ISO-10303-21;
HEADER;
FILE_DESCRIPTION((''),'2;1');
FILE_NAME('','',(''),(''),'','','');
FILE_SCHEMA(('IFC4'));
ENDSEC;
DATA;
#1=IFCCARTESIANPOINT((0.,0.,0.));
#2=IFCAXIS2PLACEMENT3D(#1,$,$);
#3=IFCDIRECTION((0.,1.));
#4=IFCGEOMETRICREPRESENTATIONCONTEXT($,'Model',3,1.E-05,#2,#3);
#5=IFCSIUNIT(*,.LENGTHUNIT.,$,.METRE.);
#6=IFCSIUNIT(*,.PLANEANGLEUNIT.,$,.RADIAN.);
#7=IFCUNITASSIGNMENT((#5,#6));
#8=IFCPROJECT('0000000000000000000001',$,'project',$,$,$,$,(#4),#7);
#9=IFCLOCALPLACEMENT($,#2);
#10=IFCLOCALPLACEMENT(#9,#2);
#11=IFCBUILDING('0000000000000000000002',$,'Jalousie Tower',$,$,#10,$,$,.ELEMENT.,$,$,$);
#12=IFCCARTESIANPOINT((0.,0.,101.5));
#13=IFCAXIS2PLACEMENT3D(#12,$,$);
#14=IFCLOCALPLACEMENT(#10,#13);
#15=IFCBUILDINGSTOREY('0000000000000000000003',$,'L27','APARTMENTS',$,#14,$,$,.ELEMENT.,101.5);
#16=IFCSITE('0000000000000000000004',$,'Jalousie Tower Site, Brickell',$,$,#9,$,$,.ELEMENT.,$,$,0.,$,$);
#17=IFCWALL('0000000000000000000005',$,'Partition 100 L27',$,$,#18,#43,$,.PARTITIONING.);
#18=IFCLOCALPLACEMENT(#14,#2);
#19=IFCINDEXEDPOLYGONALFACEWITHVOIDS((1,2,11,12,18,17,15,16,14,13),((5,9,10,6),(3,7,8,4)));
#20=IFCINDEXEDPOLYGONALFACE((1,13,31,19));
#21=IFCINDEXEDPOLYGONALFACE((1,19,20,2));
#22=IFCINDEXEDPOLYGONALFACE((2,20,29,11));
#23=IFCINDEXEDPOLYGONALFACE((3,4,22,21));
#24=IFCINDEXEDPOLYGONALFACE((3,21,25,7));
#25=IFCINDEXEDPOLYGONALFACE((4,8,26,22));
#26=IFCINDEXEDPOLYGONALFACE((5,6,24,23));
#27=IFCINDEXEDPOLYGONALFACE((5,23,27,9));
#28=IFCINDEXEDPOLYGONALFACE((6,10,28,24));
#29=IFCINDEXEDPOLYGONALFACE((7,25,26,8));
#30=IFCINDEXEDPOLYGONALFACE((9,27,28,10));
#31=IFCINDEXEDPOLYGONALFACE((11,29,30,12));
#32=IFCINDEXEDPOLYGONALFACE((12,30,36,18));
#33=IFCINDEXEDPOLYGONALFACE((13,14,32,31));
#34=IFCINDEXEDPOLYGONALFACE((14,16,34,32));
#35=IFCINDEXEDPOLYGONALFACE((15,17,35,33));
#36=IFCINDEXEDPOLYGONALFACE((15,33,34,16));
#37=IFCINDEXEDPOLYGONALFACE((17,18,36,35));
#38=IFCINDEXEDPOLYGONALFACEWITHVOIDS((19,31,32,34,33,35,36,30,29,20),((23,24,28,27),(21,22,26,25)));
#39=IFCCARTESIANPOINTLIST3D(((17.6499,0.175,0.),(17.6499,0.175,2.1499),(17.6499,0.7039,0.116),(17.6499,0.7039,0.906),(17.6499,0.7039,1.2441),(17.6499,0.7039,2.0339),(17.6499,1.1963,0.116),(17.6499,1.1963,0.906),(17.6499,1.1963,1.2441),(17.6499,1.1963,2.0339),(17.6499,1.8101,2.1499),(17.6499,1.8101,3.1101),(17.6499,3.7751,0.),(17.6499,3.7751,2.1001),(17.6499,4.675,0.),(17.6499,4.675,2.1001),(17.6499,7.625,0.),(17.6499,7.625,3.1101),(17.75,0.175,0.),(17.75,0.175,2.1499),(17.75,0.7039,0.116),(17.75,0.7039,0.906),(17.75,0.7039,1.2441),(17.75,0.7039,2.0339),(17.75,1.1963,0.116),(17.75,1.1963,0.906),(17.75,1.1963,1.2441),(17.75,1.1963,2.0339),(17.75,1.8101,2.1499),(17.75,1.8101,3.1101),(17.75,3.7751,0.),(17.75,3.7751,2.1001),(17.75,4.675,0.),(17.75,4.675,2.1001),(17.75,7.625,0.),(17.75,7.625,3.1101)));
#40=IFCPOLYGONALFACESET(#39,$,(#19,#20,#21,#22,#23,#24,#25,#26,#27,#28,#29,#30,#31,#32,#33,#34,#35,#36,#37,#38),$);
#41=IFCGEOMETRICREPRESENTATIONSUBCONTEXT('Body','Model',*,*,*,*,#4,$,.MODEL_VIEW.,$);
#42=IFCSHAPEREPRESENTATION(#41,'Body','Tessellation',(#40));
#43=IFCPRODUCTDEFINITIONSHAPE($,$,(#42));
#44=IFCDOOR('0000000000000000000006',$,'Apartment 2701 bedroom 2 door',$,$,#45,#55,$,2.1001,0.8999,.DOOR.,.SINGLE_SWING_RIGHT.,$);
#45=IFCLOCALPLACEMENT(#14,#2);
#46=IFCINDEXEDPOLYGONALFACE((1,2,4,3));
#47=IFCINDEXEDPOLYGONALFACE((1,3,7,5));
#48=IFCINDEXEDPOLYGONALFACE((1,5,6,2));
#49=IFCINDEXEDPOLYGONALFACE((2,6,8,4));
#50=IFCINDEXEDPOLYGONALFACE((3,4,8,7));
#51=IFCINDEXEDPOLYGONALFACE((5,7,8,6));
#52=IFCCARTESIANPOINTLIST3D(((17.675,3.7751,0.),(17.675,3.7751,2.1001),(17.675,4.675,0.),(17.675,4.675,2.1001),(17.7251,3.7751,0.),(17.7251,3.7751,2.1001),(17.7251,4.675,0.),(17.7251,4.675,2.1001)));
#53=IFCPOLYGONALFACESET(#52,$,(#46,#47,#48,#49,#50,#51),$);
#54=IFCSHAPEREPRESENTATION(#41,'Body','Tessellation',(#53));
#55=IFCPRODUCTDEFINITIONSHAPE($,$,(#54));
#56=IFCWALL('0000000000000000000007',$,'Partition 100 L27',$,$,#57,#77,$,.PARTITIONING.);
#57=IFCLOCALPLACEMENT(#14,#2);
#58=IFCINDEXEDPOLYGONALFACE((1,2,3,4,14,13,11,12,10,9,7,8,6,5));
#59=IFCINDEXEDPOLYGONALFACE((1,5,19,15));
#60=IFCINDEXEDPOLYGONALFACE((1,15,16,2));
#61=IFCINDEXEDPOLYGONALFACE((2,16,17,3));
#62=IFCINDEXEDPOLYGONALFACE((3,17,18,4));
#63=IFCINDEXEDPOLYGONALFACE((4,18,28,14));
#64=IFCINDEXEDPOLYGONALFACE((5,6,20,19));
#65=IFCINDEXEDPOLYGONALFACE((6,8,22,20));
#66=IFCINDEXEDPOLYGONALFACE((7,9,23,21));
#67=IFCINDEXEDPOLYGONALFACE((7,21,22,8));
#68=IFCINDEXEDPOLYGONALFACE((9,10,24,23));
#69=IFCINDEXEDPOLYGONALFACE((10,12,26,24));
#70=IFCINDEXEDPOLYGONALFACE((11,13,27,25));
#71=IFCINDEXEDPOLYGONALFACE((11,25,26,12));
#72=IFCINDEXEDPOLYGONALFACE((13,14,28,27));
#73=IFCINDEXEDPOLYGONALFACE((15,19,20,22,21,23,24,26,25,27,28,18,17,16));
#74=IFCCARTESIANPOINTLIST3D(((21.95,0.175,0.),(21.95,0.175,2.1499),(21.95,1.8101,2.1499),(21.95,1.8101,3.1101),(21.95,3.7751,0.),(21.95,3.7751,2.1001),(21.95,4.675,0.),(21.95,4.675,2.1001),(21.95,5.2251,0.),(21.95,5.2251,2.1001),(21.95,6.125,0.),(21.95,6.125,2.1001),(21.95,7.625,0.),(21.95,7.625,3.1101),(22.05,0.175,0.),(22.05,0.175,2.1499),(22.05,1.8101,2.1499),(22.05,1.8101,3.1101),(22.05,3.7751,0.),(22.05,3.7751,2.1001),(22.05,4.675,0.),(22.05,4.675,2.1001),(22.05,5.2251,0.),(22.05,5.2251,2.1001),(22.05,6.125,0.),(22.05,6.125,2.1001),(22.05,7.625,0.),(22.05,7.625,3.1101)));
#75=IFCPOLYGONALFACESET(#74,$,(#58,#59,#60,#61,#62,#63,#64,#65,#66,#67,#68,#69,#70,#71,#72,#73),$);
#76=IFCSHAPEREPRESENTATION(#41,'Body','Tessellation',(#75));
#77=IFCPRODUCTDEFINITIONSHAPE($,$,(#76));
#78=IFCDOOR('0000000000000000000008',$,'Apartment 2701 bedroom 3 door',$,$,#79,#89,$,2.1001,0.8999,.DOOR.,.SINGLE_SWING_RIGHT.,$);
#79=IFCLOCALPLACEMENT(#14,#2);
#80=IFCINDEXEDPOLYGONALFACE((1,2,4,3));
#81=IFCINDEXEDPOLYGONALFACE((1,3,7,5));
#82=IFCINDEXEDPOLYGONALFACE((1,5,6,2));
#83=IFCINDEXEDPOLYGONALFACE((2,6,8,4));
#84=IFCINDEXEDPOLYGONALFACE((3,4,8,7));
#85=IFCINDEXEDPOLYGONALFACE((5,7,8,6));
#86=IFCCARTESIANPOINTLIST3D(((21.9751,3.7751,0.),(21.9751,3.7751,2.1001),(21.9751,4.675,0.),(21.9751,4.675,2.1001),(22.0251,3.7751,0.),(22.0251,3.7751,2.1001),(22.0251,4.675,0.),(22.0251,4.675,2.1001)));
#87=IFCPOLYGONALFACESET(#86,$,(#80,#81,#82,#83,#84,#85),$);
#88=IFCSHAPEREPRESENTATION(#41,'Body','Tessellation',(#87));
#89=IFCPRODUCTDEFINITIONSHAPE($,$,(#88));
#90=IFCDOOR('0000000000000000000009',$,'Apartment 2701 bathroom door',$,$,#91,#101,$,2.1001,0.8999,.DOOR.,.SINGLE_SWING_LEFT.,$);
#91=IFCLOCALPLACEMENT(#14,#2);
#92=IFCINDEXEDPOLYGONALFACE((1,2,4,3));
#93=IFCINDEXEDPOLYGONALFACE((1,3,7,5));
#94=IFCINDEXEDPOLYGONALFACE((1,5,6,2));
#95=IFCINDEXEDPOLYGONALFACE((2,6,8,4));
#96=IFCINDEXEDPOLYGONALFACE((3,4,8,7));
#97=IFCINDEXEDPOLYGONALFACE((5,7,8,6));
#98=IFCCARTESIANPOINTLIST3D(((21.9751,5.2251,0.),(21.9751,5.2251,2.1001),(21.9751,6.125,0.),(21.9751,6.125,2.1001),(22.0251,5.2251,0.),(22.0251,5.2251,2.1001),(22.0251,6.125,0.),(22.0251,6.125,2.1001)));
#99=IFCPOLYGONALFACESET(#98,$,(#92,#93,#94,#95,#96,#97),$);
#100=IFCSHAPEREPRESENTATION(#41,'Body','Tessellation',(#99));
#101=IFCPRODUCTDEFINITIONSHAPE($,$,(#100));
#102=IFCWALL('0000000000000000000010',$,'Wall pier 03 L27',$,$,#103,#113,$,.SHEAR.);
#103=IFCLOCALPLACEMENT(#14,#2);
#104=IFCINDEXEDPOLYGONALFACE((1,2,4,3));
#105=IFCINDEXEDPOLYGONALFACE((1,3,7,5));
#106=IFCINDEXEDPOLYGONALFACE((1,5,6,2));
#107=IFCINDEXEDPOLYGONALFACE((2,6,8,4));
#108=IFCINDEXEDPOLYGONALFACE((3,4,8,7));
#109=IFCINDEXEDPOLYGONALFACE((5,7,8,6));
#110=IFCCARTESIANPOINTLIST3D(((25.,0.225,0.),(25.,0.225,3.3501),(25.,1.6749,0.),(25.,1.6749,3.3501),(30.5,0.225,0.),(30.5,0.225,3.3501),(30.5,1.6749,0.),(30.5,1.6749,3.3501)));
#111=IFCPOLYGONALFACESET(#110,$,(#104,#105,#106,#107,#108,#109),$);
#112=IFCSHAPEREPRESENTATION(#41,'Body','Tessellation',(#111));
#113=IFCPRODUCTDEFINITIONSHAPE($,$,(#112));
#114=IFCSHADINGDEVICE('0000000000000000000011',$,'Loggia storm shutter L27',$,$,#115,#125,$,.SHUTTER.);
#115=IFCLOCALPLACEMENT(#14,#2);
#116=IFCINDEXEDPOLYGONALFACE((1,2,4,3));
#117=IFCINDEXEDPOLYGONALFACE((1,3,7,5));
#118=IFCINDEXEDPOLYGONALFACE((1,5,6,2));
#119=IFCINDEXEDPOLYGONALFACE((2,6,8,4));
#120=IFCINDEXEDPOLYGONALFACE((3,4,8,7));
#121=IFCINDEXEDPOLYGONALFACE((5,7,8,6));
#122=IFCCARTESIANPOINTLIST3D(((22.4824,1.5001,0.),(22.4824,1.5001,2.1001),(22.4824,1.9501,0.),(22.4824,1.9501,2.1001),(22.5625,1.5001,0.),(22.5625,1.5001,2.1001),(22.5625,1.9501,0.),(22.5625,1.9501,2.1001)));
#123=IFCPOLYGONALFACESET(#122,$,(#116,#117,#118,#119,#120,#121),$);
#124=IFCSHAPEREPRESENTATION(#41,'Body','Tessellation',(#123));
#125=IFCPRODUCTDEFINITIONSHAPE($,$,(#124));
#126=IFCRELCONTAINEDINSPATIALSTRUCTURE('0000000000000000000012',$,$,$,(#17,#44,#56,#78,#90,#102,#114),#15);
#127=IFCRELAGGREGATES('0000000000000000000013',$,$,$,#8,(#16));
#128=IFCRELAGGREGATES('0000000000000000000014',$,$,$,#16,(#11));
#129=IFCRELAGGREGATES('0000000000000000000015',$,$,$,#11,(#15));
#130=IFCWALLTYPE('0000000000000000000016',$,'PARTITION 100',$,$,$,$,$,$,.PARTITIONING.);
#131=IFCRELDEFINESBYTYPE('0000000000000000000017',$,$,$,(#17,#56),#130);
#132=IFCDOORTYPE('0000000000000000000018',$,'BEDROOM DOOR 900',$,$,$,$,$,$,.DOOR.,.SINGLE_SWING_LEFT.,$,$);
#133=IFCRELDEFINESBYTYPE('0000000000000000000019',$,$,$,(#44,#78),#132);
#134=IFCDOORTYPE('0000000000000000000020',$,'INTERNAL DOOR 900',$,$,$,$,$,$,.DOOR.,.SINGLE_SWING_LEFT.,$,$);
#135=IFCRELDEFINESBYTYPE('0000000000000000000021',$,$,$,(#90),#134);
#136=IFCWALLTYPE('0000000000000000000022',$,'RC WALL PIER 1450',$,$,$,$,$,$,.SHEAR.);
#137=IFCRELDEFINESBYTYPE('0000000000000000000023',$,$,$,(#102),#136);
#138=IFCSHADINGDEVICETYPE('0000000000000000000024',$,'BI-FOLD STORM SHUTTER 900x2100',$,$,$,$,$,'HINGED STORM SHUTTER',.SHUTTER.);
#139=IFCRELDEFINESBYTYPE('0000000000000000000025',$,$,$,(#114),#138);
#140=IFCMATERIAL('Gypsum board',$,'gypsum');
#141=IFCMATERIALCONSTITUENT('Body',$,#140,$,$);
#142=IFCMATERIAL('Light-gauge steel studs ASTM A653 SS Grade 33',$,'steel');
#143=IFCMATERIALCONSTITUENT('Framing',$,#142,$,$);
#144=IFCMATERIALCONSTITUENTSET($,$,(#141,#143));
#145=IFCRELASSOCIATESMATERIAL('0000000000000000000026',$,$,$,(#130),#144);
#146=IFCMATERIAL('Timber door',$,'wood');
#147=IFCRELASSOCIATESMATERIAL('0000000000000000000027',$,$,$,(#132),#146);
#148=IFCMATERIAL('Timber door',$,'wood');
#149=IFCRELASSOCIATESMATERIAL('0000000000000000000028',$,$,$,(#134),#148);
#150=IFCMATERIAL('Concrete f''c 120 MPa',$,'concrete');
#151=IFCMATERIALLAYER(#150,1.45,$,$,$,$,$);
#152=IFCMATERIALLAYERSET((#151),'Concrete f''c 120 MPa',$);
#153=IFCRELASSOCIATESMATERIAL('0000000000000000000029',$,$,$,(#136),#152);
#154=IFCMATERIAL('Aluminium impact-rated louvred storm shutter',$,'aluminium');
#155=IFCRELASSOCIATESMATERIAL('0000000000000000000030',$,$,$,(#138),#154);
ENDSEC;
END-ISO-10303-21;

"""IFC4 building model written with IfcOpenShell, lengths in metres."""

from ifc_helpers import new_model, si_unit, direction, frame, frame_2d, origin, origin_2d, place, context, subcontext, project, spatial, polyline, rectangle, outline, extrude, material, layer, layer_set, constituent, constituent_set, type_object, element, fill, save


model = new_model("IFC4")

# Units and contexts
model_context = context("Model", 3, precision=1e-05, world=origin(), true_north=direction((0.0, 1.0)))
body_context = subcontext(model_context, "Body", "Model", "MODEL_VIEW")
ifc_project = project(units=[si_unit("LENGTHUNIT", "METRE"), si_unit("PLANEANGLEUNIT", "RADIAN")], contexts=[model_context])

# Site, building, storey
site_placement = place(None, origin())
site = spatial("IfcSite", under=ifc_project, at=site_placement, Name="Jalousie Tower Site, Brickell", CompositionType="ELEMENT", RefElevation=0.0)
building_placement = place(site_placement, origin())
building = spatial("IfcBuilding", under=site, at=building_placement, Name="Jalousie Tower", CompositionType="ELEMENT")
storey_placement = place(building_placement, frame((0.0, 0.0, 101.5)))
storey = spatial("IfcBuildingStorey", under=building, at=storey_placement, Name="L27", Description="APARTMENTS", CompositionType="ELEMENT", Elevation=101.5)

# Wall, opening, door
ifc_material_1 = material(Name="Gypsum board", Category="gypsum")
ifc_constituent_1 = constituent(ifc_material_1, Name="Body")
ifc_material_2 = material(Name="Light-gauge steel studs ASTM A653 SS Grade 33", Category="steel")
ifc_constituent_2 = constituent(ifc_material_2, Name="Framing")
ifc_constituent_set_1 = constituent_set(constituents=[ifc_constituent_1, ifc_constituent_2])
wall_type_1 = type_object("IfcWallType", Name="PARTITION 100", PredefinedType="PARTITIONING", material=ifc_constituent_set_1)
wall_1_placement = place(storey_placement, frame((17.7, 0.175, 0.0), z_axis=(0.0, 0.0, 1.0), x_axis=(0.0, 1.0, 0.0)))
wall_1 = element("IfcWall", 1, at=wall_1_placement, inside=storey, type_object=wall_type_1, Name="Partition 100 L27", PredefinedType="PARTITIONING", context=body_context, shape_type="SweptSolid", body=[
    extrude(outline(polyline([(1.635, 2.1499), (0.0, 2.1499), (0.0, 0.0), (7.45, 0.0), (7.45, 3.1101), (1.635, 3.1101), (1.635, 2.1499)]), holes=[polyline([(1.0212, 0.116), (0.5288, 0.116), (0.5288, 0.906), (1.0212, 0.906), (1.0212, 0.116)]), polyline([(1.0212, 1.2441), (0.5288, 1.2441), (0.5288, 2.0339), (1.0212, 2.0339), (1.0212, 1.2441)])]), frame((0.0, 0.05, 0.0), z_axis=(0.0, -1.0, 0.0), x_axis=(1.0, 0.0, 0.0)), (0.0, 0.0, 1.0), 0.1001),
])
opening_1_placement = place(wall_1_placement, frame((3.6001, 0.0, 0.0)))
opening_1 = element("IfcOpeningElement", 2, at=opening_1_placement, cuts=wall_1, PredefinedType="OPENING", context=body_context, shape_type="SweptSolid", body=[
    extrude(rectangle(XDim=0.8999, YDim=2.1001, at=frame_2d((0.45, 1.05))), frame((0.0, 0.0601, 0.0), z_axis=(0.0, -1.0, 0.0), x_axis=(1.0, 0.0, 0.0)), (0.0, 0.0, 1.0), 0.1201),
])
ifc_material_3 = material(Name="Timber door", Category="wood")
door_type_1 = type_object("IfcDoorType", Name="BEDROOM DOOR 900", OperationType="SINGLE_SWING_LEFT", PredefinedType="DOOR", material=ifc_material_3)
door_1_placement = place(opening_1_placement, origin())
door_1 = element("IfcDoor", 3, at=door_1_placement, inside=storey, type_object=door_type_1, Name="Apartment 2701 bedroom 2 door", OperationType="SINGLE_SWING_RIGHT", OverallHeight=2.1001, OverallWidth=0.8999, PredefinedType="DOOR", context=body_context, shape_type="SweptSolid", body=[
    extrude(rectangle(XDim=0.8999, YDim=2.1001, at=frame_2d((0.45, 1.05))), frame((0.0, 0.0249, 0.0), z_axis=(0.0, -1.0, 0.0), x_axis=(1.0, 0.0, 0.0)), (0.0, 0.0, 1.0), 0.05),
])
fill(opening_1, door_1)

# Wall, openings, doors
wall_2_placement = place(storey_placement, frame((22.0, 0.175, 0.0), z_axis=(0.0, 0.0, 1.0), x_axis=(0.0, 1.0, 0.0)))
wall_2 = element("IfcWall", 4, at=wall_2_placement, inside=storey, type_object=wall_type_1, Name="Partition 100 L27", PredefinedType="PARTITIONING", context=body_context, shape_type="SweptSolid", body=[
    extrude(outline(polyline([(0.0, 0.0), (7.45, 0.0), (7.45, 3.1101), (1.635, 3.1101), (1.635, 2.1499), (0.0, 2.1499), (0.0, 3.1101), (0.0, 0.0)])), frame((0.0, 0.05, 0.0), z_axis=(0.0, -1.0, 0.0), x_axis=(1.0, 0.0, 0.0)), (0.0, 0.0, 1.0), 0.1001),
])
opening_2_placement = place(wall_2_placement, frame((3.6001, 0.0, 0.0)))
opening_2 = element("IfcOpeningElement", 5, at=opening_2_placement, cuts=wall_2, PredefinedType="OPENING", context=body_context, shape_type="SweptSolid", body=[
    extrude(rectangle(XDim=0.8999, YDim=2.1001, at=frame_2d((0.45, 1.05))), frame((0.0, 0.0601, 0.0), z_axis=(0.0, -1.0, 0.0), x_axis=(1.0, 0.0, 0.0)), (0.0, 0.0, 1.0), 0.1201),
])
opening_3_placement = place(wall_2_placement, frame((5.05, 0.0, 0.0)))
opening_3 = element("IfcOpeningElement", 6, at=opening_3_placement, cuts=wall_2, PredefinedType="OPENING", context=body_context, shape_type="SweptSolid", body=[
    extrude(rectangle(XDim=0.8999, YDim=2.1001, at=frame_2d((0.45, 1.05))), frame((0.0, 0.0601, 0.0), z_axis=(0.0, -1.0, 0.0), x_axis=(1.0, 0.0, 0.0)), (0.0, 0.0, 1.0), 0.1201),
])
door_2_placement = place(opening_2_placement, origin())
door_2 = element("IfcDoor", 7, at=door_2_placement, inside=storey, type_object=door_type_1, Name="Apartment 2701 bedroom 3 door", OperationType="SINGLE_SWING_RIGHT", OverallHeight=2.1001, OverallWidth=0.8999, PredefinedType="DOOR", context=body_context, shape_type="SweptSolid", body=[
    extrude(rectangle(XDim=0.8999, YDim=2.1001, at=frame_2d((0.45, 1.05))), frame((0.0, 0.0249, 0.0), z_axis=(0.0, -1.0, 0.0), x_axis=(1.0, 0.0, 0.0)), (0.0, 0.0, 1.0), 0.05),
])
fill(opening_2, door_2)
ifc_material_4 = material(Name="Timber door", Category="wood")
door_type_2 = type_object("IfcDoorType", Name="INTERNAL DOOR 900", OperationType="SINGLE_SWING_LEFT", PredefinedType="DOOR", material=ifc_material_4)
door_3_placement = place(opening_3_placement, origin())
door_3 = element("IfcDoor", 8, at=door_3_placement, inside=storey, type_object=door_type_2, Name="Apartment 2701 bathroom door", OperationType="SINGLE_SWING_LEFT", OverallHeight=2.1001, OverallWidth=0.8999, PredefinedType="DOOR", context=body_context, shape_type="SweptSolid", body=[
    extrude(rectangle(XDim=0.8999, YDim=2.1001, at=frame_2d((0.45, 1.05))), frame((0.0, 0.0249, 0.0), z_axis=(0.0, -1.0, 0.0), x_axis=(1.0, 0.0, 0.0)), (0.0, 0.0, 1.0), 0.05),
])
fill(opening_3, door_3)

# Wall
ifc_material_5 = material(Name="Concrete f'c 120 MPa", Category="concrete")
ifc_layer_1 = layer(ifc_material_5, 1.45)
ifc_layer_set_1 = layer_set([ifc_layer_1], Name="Concrete f'c 120 MPa")
wall_type_2 = type_object("IfcWallType", Name="RC WALL PIER 1450", PredefinedType="SHEAR", material=ifc_layer_set_1)
wall_3_placement = place(storey_placement, frame((25.0, 0.95, 0.0), z_axis=(0.0, 0.0, 1.0), x_axis=(1.0, 0.0, 0.0)))
element("IfcWall", 9, at=wall_3_placement, inside=storey, type_object=wall_type_2, Name="Wall pier 03 L27", PredefinedType="SHEAR", context=body_context, shape_type="SweptSolid", body=[
    extrude(rectangle(XDim=5.5, YDim=1.45, at=frame_2d((2.75, 0.0))), origin(), (0.0, 0.0, 1.0), 3.3501),
])

# Shading device
ifc_material_6 = material(Name="Aluminium impact-rated louvred storm shutter", Category="aluminium")
shading_device_type_1 = type_object("IfcShadingDeviceType", Name="BI-FOLD STORM SHUTTER 900x2100", ElementType="HINGED STORM SHUTTER", PredefinedType="SHUTTER", material=ifc_material_6)
shading_device_1_placement = place(storey_placement, frame((22.5225, 1.7251, 0.0), z_axis=(0.0, 0.0, 1.0), x_axis=(0.0, 1.0, 0.0)))
element("IfcShadingDevice", 10, at=shading_device_1_placement, inside=storey, type_object=shading_device_type_1, Name="Loggia storm shutter L27", PredefinedType="SHUTTER", context=body_context, shape_type="SweptSolid", body=[
    extrude(rectangle(XDim=0.45, YDim=0.0801, at=origin_2d()), origin(), (0.0, 0.0, 1.0), 2.1001),
])

save(model, "model.ifc")
